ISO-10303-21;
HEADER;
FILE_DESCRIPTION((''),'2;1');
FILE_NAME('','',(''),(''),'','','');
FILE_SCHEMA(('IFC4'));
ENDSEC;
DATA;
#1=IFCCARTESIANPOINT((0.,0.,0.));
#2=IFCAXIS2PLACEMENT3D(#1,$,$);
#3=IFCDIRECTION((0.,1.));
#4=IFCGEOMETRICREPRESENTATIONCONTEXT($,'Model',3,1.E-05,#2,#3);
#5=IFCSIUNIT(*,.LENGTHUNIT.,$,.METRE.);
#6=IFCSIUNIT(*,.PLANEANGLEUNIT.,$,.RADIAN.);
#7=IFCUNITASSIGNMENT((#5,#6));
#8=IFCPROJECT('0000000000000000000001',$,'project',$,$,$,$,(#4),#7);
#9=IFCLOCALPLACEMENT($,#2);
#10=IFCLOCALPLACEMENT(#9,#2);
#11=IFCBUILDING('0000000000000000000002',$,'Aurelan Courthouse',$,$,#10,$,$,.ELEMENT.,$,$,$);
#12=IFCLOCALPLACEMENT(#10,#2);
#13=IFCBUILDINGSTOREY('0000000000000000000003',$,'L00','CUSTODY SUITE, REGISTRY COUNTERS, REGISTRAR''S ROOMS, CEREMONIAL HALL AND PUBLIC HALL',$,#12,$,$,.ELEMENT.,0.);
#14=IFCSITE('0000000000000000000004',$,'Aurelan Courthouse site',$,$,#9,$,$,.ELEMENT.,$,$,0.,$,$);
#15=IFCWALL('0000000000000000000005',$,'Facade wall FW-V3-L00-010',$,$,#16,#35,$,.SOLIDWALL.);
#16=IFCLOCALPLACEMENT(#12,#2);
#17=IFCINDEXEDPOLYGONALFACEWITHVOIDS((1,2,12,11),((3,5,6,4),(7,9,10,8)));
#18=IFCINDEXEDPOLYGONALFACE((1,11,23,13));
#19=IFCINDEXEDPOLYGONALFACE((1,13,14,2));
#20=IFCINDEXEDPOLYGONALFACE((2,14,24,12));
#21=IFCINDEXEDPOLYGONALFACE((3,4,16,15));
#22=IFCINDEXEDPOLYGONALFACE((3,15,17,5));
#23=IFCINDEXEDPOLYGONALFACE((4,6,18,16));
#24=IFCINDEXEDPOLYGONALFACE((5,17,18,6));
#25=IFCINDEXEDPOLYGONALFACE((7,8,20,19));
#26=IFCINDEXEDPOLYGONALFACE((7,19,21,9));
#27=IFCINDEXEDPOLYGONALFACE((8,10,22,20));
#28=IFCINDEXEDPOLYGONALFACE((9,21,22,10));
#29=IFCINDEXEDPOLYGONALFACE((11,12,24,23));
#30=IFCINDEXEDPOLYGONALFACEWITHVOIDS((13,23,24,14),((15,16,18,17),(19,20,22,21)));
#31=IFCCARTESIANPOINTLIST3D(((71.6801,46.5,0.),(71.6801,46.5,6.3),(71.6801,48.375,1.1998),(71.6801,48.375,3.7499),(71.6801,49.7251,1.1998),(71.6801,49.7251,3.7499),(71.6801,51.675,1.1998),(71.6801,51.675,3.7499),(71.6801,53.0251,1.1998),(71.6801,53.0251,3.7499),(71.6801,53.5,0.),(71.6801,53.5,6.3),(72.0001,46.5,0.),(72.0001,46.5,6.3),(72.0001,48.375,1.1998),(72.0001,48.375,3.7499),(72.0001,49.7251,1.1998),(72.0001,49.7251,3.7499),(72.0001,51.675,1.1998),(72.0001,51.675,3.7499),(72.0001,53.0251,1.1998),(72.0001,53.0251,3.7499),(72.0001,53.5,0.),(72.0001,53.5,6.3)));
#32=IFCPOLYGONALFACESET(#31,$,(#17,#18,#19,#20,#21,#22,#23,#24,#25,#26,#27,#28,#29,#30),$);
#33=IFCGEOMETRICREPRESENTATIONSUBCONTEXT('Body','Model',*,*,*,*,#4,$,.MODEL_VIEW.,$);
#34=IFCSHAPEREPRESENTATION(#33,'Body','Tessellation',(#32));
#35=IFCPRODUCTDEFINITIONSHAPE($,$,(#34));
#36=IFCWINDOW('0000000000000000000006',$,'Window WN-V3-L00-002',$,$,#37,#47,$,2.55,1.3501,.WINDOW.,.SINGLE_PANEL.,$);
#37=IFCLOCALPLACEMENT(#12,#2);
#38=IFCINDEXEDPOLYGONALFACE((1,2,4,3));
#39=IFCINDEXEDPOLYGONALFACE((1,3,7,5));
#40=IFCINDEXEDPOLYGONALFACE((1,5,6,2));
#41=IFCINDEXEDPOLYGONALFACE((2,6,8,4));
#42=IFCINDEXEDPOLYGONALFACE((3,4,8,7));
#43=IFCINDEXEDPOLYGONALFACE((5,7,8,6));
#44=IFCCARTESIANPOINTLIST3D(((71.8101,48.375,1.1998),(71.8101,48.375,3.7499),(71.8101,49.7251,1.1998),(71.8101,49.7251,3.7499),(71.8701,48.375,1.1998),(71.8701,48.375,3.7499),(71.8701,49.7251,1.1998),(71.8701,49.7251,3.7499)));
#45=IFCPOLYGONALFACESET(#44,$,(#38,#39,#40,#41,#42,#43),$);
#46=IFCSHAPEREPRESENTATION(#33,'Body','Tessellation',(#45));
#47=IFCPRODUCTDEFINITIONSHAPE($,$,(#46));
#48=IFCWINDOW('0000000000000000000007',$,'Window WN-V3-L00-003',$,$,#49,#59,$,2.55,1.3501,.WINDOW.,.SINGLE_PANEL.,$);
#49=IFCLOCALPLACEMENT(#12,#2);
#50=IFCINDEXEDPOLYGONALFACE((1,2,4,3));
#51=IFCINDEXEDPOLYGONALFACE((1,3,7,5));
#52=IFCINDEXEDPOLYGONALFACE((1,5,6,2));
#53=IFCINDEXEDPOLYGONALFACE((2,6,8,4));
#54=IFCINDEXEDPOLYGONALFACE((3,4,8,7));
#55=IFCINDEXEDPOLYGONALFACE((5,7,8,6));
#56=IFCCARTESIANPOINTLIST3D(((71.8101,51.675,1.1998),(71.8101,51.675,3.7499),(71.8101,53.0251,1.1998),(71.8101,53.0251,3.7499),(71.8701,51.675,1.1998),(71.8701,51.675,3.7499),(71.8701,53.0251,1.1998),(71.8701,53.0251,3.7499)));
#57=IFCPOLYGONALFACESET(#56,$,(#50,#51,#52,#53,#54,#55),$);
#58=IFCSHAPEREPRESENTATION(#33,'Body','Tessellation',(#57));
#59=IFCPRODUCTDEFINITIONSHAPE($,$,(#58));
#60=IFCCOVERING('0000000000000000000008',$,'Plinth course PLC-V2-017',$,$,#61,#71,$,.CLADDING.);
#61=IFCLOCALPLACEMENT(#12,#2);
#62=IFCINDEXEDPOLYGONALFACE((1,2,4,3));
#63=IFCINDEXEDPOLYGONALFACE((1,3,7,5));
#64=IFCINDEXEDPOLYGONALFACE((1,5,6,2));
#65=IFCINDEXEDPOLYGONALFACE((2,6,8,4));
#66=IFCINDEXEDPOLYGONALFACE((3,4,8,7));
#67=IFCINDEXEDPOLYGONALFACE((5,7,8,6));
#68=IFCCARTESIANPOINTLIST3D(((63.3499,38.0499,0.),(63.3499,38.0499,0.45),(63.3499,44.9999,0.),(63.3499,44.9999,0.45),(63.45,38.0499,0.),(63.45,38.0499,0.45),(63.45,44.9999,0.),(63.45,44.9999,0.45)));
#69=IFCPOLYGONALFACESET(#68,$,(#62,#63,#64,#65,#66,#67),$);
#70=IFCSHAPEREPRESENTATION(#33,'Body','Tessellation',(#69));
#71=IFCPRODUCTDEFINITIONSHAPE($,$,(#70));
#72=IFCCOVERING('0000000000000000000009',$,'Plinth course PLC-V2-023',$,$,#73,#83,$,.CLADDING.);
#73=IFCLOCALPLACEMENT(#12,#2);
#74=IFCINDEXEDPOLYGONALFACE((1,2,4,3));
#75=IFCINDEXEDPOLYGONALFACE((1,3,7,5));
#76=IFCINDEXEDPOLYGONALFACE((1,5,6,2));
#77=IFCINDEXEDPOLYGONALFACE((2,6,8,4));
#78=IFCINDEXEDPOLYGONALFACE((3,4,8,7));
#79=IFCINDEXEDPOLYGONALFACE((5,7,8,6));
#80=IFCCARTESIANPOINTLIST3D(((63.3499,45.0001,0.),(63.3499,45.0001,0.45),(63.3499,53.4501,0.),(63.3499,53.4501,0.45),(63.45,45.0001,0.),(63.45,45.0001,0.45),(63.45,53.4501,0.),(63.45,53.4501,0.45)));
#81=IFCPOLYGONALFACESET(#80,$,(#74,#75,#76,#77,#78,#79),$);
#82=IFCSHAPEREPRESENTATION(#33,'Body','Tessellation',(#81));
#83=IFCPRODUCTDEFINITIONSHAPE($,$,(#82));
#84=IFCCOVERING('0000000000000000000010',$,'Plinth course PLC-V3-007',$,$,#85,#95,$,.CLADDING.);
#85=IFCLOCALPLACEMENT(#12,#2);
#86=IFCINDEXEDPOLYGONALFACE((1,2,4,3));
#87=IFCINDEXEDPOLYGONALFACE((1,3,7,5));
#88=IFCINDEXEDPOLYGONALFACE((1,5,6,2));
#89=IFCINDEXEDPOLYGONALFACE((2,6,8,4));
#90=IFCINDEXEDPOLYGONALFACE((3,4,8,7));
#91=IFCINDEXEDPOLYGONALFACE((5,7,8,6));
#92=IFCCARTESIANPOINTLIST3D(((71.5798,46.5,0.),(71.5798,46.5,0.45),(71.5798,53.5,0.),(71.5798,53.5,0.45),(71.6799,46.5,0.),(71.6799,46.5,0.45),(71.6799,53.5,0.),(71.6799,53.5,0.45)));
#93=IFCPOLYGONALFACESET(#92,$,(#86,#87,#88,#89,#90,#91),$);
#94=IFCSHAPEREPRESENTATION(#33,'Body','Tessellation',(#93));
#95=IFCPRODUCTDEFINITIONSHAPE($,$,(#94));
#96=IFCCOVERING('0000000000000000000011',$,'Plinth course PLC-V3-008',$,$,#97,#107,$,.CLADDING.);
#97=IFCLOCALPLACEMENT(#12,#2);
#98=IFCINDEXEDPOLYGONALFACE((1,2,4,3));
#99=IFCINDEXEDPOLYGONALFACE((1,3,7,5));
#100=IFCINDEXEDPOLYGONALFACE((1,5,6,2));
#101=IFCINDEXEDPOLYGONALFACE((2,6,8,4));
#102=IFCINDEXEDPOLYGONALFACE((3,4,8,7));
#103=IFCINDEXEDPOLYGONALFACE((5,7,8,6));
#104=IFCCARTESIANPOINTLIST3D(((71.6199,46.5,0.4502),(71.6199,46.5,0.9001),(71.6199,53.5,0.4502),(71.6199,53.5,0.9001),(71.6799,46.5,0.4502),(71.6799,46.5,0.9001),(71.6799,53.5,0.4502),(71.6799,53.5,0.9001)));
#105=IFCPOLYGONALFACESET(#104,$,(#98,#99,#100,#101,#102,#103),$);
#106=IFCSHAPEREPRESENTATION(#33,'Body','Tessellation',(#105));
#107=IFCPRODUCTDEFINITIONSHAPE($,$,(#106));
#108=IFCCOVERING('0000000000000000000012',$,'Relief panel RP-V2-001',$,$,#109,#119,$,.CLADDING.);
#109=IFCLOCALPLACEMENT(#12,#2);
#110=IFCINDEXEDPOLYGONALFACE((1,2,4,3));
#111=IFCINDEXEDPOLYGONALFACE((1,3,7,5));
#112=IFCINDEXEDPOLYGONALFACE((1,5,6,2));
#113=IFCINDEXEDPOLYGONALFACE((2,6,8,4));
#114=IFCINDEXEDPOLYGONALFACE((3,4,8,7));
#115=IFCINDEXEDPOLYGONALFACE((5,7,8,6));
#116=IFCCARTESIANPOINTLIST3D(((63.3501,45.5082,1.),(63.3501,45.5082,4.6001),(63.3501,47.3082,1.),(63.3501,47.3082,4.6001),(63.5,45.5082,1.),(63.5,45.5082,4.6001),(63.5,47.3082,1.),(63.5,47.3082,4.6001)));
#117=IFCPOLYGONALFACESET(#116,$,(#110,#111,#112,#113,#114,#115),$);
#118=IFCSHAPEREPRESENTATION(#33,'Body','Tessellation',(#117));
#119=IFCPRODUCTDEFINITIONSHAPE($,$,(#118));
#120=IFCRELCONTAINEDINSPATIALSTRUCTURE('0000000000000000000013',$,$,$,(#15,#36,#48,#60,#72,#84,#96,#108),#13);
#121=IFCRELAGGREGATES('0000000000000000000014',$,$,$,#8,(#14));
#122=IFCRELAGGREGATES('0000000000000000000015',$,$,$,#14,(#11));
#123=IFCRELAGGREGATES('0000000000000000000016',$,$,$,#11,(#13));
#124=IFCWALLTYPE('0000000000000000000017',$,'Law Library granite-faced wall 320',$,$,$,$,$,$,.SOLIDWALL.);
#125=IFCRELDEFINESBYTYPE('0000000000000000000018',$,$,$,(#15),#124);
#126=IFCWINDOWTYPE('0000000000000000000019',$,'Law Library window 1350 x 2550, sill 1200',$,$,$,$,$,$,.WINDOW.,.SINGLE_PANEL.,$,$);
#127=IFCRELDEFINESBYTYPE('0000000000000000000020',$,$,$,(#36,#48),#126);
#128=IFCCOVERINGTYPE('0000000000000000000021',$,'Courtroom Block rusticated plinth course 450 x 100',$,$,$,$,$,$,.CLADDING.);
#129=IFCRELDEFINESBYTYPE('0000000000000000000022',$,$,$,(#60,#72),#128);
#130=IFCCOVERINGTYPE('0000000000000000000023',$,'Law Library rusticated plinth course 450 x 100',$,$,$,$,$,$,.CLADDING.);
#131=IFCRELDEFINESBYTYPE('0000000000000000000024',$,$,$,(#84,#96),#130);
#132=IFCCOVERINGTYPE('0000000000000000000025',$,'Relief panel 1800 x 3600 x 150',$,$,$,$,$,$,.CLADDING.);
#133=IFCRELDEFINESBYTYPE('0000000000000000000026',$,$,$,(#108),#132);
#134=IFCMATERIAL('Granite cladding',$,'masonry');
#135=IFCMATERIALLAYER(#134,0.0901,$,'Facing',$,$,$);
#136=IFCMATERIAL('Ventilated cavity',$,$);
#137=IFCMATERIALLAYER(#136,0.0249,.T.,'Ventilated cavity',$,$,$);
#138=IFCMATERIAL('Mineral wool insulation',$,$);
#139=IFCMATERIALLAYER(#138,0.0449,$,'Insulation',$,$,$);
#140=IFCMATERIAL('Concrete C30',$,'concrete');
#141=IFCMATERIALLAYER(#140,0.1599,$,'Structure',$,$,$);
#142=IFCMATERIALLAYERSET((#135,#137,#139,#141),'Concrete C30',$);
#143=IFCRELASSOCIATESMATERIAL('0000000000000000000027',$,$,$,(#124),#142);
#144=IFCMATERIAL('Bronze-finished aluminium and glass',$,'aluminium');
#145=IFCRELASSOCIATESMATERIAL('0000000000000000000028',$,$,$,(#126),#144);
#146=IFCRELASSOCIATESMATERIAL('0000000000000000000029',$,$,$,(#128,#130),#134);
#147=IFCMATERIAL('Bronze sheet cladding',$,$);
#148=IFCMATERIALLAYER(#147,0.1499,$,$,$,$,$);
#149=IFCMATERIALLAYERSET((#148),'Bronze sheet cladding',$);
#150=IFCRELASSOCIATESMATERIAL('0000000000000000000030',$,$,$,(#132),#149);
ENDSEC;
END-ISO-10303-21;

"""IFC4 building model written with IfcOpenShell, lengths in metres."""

from ifc_helpers import new_model, si_unit, direction, frame, frame_2d, origin, origin_2d, place, context, subcontext, project, spatial, rectangle, extrude, material, layer, layer_set, type_object, element, fill, save


model = new_model("IFC4")

# Units and contexts
model_context = context("Model", 3, precision=1e-05, world=origin(), true_north=direction((0.0, 1.0)))
body_context = subcontext(model_context, "Body", "Model", "MODEL_VIEW")
ifc_project = project(units=[si_unit("LENGTHUNIT", "METRE"), si_unit("PLANEANGLEUNIT", "RADIAN")], contexts=[model_context])

# Site, building, storey
site_placement = place(None, origin())
site = spatial("IfcSite", under=ifc_project, at=site_placement, Name="Aurelan Courthouse site", CompositionType="ELEMENT", RefElevation=0.0)
building_placement = place(site_placement, origin())
building = spatial("IfcBuilding", under=site, at=building_placement, Name="Aurelan Courthouse", CompositionType="ELEMENT")
storey_placement = place(building_placement, origin())
storey = spatial("IfcBuildingStorey", under=building, at=storey_placement, Name="L00", Description="CUSTODY SUITE, REGISTRY COUNTERS, REGISTRAR'S ROOMS, CEREMONIAL HALL AND PUBLIC HALL", CompositionType="ELEMENT", Elevation=0.0)

# Shared definitions
ifc_material_1 = material(Name="Bronze-finished aluminium and glass", Category="aluminium")

# Wall, openings, windows
ifc_material_2 = material(Name="Granite cladding", Category="masonry")
ifc_layer_1 = layer(ifc_material_2, 0.0901, Name="Facing")
ifc_material_3 = material(Name="Ventilated cavity")
ifc_layer_2 = layer(ifc_material_3, 0.0249, ventilated=True, Name="Ventilated cavity")
ifc_material_4 = material(Name="Mineral wool insulation")
ifc_layer_3 = layer(ifc_material_4, 0.0449, Name="Insulation")
ifc_material_5 = material(Name="Concrete C30", Category="concrete")
ifc_layer_4 = layer(ifc_material_5, 0.1599, Name="Structure")
ifc_layer_set_1 = layer_set([ifc_layer_1, ifc_layer_2, ifc_layer_3, ifc_layer_4], Name="Concrete C30")
wall_type = type_object("IfcWallType", Name="Law Library granite-faced wall 320", PredefinedType="SOLIDWALL", material=ifc_layer_set_1)
wall_placement = place(storey_placement, frame((71.8401, 46.5, 0.0), z_axis=(0.0, 0.0, 1.0), x_axis=(0.0, 1.0, 0.0)))
wall = element("IfcWall", 1, at=wall_placement, inside=storey, type_object=wall_type, Name="Facade wall FW-V3-L00-010", PredefinedType="SOLIDWALL", context=body_context, shape_type="SweptSolid", body=[
    extrude(rectangle(XDim=7.0, YDim=0.3201, at=frame_2d((3.5, 0.0))), origin(), (0.0, 0.0, 1.0), 6.3),
])
opening_1_placement = place(wall_placement, frame((1.875, 0.0, 1.2)))
opening_1 = element("IfcOpeningElement", 2, at=opening_1_placement, cuts=wall, PredefinedType="OPENING", context=body_context, shape_type="SweptSolid", body=[
    extrude(rectangle(XDim=1.3501, YDim=2.55, at=frame_2d((0.675, 1.2749))), frame((0.0, 0.1699, 0.0), z_axis=(0.0, -1.0, 0.0), x_axis=(1.0, 0.0, 0.0)), (0.0, 0.0, 1.0), 0.3401),
])
opening_2_placement = place(wall_placement, frame((5.175, 0.0, 1.2)))
opening_2 = element("IfcOpeningElement", 3, at=opening_2_placement, cuts=wall, PredefinedType="OPENING", context=body_context, shape_type="SweptSolid", body=[
    extrude(rectangle(XDim=1.3501, YDim=2.55, at=frame_2d((0.675, 1.2749))), frame((0.0, 0.1699, 0.0), z_axis=(0.0, -1.0, 0.0), x_axis=(1.0, 0.0, 0.0)), (0.0, 0.0, 1.0), 0.3401),
])
window_type = type_object("IfcWindowType", Name="Law Library window 1350 x 2550, sill 1200", PartitioningType="SINGLE_PANEL", PredefinedType="WINDOW", material=ifc_material_1)
window_1_placement = place(opening_1_placement, origin())
window_1 = element("IfcWindow", 4, at=window_1_placement, inside=storey, type_object=window_type, Name="Window WN-V3-L00-002", OverallHeight=2.55, OverallWidth=1.3501, PartitioningType="SINGLE_PANEL", PredefinedType="WINDOW", context=body_context, shape_type="SweptSolid", body=[
    extrude(rectangle(XDim=1.3501, YDim=2.55, at=frame_2d((0.675, 1.2749))), frame((0.0, 0.03, 0.0), z_axis=(0.0, -1.0, 0.0), x_axis=(1.0, 0.0, 0.0)), (0.0, 0.0, 1.0), 0.0601),
])
fill(opening_1, window_1)
window_2_placement = place(opening_2_placement, origin())
window_2 = element("IfcWindow", 5, at=window_2_placement, inside=storey, type_object=window_type, Name="Window WN-V3-L00-003", OverallHeight=2.55, OverallWidth=1.3501, PartitioningType="SINGLE_PANEL", PredefinedType="WINDOW", context=body_context, shape_type="SweptSolid", body=[
    extrude(rectangle(XDim=1.3501, YDim=2.55, at=frame_2d((0.675, 1.2749))), frame((0.0, 0.03, 0.0), z_axis=(0.0, -1.0, 0.0), x_axis=(1.0, 0.0, 0.0)), (0.0, 0.0, 1.0), 0.0601),
])
fill(opening_2, window_2)

# Coverings
covering_type_1 = type_object("IfcCoveringType", Name="Courtroom Block rusticated plinth course 450 x 100", PredefinedType="CLADDING", material=ifc_material_2)
covering_1_placement = place(storey_placement, frame((63.3999, 41.5249, 0.0), z_axis=(0.0, 0.0, 1.0), x_axis=(1.0, 0.0, 0.0)))
element("IfcCovering", 6, at=covering_1_placement, inside=storey, type_object=covering_type_1, Name="Plinth course PLC-V2-017", PredefinedType="CLADDING", context=body_context, shape_type="SweptSolid", body=[
    extrude(rectangle(XDim=0.1001, YDim=6.95, at=origin_2d()), origin(), (0.0, 0.0, 1.0), 0.45),
])
covering_2_placement = place(storey_placement, frame((63.3999, 49.2251, 0.0), z_axis=(0.0, 0.0, 1.0), x_axis=(1.0, 0.0, 0.0)))
element("IfcCovering", 7, at=covering_2_placement, inside=storey, type_object=covering_type_1, Name="Plinth course PLC-V2-023", PredefinedType="CLADDING", context=body_context, shape_type="SweptSolid", body=[
    extrude(rectangle(XDim=0.1001, YDim=8.45, at=origin_2d()), origin(), (0.0, 0.0, 1.0), 0.45),
])
covering_type_2 = type_object("IfcCoveringType", Name="Law Library rusticated plinth course 450 x 100", PredefinedType="CLADDING", material=ifc_material_2)
covering_3_placement = place(storey_placement, frame((71.6299, 50.0, 0.0), z_axis=(0.0, 0.0, 1.0), x_axis=(1.0, 0.0, 0.0)))
element("IfcCovering", 8, at=covering_3_placement, inside=storey, type_object=covering_type_2, Name="Plinth course PLC-V3-007", PredefinedType="CLADDING", context=body_context, shape_type="SweptSolid", body=[
    extrude(rectangle(XDim=0.1001, YDim=7.0, at=origin_2d()), origin(), (0.0, 0.0, 1.0), 0.45),
])
covering_4_placement = place(storey_placement, frame((71.6499, 50.0, 0.4502), z_axis=(0.0, 0.0, 1.0), x_axis=(1.0, 0.0, 0.0)))
element("IfcCovering", 9, at=covering_4_placement, inside=storey, type_object=covering_type_2, Name="Plinth course PLC-V3-008", PredefinedType="CLADDING", context=body_context, shape_type="SweptSolid", body=[
    extrude(rectangle(XDim=0.0601, YDim=7.0, at=origin_2d()), origin(), (0.0, 0.0, 1.0), 0.45),
])
ifc_material_6 = material(Name="Bronze sheet cladding")
ifc_layer_5 = layer(ifc_material_6, 0.1499)
ifc_layer_set_2 = layer_set([ifc_layer_5], Name="Bronze sheet cladding")
covering_type_3 = type_object("IfcCoveringType", Name="Relief panel 1800 x 3600 x 150", PredefinedType="CLADDING", material=ifc_layer_set_2)
covering_5_placement = place(storey_placement, frame((63.425, 46.4082, 1.0), z_axis=(0.0, 0.0, 1.0), x_axis=(1.0, 0.0, 0.0)))
element("IfcCovering", 10, at=covering_5_placement, inside=storey, type_object=covering_type_3, Name="Relief panel RP-V2-001", PredefinedType="CLADDING", context=body_context, shape_type="SweptSolid", body=[
    extrude(rectangle(XDim=0.1499, YDim=1.8, at=origin_2d()), origin(), (0.0, 0.0, 1.0), 3.6001),
])

save(model, "model.ifc")
